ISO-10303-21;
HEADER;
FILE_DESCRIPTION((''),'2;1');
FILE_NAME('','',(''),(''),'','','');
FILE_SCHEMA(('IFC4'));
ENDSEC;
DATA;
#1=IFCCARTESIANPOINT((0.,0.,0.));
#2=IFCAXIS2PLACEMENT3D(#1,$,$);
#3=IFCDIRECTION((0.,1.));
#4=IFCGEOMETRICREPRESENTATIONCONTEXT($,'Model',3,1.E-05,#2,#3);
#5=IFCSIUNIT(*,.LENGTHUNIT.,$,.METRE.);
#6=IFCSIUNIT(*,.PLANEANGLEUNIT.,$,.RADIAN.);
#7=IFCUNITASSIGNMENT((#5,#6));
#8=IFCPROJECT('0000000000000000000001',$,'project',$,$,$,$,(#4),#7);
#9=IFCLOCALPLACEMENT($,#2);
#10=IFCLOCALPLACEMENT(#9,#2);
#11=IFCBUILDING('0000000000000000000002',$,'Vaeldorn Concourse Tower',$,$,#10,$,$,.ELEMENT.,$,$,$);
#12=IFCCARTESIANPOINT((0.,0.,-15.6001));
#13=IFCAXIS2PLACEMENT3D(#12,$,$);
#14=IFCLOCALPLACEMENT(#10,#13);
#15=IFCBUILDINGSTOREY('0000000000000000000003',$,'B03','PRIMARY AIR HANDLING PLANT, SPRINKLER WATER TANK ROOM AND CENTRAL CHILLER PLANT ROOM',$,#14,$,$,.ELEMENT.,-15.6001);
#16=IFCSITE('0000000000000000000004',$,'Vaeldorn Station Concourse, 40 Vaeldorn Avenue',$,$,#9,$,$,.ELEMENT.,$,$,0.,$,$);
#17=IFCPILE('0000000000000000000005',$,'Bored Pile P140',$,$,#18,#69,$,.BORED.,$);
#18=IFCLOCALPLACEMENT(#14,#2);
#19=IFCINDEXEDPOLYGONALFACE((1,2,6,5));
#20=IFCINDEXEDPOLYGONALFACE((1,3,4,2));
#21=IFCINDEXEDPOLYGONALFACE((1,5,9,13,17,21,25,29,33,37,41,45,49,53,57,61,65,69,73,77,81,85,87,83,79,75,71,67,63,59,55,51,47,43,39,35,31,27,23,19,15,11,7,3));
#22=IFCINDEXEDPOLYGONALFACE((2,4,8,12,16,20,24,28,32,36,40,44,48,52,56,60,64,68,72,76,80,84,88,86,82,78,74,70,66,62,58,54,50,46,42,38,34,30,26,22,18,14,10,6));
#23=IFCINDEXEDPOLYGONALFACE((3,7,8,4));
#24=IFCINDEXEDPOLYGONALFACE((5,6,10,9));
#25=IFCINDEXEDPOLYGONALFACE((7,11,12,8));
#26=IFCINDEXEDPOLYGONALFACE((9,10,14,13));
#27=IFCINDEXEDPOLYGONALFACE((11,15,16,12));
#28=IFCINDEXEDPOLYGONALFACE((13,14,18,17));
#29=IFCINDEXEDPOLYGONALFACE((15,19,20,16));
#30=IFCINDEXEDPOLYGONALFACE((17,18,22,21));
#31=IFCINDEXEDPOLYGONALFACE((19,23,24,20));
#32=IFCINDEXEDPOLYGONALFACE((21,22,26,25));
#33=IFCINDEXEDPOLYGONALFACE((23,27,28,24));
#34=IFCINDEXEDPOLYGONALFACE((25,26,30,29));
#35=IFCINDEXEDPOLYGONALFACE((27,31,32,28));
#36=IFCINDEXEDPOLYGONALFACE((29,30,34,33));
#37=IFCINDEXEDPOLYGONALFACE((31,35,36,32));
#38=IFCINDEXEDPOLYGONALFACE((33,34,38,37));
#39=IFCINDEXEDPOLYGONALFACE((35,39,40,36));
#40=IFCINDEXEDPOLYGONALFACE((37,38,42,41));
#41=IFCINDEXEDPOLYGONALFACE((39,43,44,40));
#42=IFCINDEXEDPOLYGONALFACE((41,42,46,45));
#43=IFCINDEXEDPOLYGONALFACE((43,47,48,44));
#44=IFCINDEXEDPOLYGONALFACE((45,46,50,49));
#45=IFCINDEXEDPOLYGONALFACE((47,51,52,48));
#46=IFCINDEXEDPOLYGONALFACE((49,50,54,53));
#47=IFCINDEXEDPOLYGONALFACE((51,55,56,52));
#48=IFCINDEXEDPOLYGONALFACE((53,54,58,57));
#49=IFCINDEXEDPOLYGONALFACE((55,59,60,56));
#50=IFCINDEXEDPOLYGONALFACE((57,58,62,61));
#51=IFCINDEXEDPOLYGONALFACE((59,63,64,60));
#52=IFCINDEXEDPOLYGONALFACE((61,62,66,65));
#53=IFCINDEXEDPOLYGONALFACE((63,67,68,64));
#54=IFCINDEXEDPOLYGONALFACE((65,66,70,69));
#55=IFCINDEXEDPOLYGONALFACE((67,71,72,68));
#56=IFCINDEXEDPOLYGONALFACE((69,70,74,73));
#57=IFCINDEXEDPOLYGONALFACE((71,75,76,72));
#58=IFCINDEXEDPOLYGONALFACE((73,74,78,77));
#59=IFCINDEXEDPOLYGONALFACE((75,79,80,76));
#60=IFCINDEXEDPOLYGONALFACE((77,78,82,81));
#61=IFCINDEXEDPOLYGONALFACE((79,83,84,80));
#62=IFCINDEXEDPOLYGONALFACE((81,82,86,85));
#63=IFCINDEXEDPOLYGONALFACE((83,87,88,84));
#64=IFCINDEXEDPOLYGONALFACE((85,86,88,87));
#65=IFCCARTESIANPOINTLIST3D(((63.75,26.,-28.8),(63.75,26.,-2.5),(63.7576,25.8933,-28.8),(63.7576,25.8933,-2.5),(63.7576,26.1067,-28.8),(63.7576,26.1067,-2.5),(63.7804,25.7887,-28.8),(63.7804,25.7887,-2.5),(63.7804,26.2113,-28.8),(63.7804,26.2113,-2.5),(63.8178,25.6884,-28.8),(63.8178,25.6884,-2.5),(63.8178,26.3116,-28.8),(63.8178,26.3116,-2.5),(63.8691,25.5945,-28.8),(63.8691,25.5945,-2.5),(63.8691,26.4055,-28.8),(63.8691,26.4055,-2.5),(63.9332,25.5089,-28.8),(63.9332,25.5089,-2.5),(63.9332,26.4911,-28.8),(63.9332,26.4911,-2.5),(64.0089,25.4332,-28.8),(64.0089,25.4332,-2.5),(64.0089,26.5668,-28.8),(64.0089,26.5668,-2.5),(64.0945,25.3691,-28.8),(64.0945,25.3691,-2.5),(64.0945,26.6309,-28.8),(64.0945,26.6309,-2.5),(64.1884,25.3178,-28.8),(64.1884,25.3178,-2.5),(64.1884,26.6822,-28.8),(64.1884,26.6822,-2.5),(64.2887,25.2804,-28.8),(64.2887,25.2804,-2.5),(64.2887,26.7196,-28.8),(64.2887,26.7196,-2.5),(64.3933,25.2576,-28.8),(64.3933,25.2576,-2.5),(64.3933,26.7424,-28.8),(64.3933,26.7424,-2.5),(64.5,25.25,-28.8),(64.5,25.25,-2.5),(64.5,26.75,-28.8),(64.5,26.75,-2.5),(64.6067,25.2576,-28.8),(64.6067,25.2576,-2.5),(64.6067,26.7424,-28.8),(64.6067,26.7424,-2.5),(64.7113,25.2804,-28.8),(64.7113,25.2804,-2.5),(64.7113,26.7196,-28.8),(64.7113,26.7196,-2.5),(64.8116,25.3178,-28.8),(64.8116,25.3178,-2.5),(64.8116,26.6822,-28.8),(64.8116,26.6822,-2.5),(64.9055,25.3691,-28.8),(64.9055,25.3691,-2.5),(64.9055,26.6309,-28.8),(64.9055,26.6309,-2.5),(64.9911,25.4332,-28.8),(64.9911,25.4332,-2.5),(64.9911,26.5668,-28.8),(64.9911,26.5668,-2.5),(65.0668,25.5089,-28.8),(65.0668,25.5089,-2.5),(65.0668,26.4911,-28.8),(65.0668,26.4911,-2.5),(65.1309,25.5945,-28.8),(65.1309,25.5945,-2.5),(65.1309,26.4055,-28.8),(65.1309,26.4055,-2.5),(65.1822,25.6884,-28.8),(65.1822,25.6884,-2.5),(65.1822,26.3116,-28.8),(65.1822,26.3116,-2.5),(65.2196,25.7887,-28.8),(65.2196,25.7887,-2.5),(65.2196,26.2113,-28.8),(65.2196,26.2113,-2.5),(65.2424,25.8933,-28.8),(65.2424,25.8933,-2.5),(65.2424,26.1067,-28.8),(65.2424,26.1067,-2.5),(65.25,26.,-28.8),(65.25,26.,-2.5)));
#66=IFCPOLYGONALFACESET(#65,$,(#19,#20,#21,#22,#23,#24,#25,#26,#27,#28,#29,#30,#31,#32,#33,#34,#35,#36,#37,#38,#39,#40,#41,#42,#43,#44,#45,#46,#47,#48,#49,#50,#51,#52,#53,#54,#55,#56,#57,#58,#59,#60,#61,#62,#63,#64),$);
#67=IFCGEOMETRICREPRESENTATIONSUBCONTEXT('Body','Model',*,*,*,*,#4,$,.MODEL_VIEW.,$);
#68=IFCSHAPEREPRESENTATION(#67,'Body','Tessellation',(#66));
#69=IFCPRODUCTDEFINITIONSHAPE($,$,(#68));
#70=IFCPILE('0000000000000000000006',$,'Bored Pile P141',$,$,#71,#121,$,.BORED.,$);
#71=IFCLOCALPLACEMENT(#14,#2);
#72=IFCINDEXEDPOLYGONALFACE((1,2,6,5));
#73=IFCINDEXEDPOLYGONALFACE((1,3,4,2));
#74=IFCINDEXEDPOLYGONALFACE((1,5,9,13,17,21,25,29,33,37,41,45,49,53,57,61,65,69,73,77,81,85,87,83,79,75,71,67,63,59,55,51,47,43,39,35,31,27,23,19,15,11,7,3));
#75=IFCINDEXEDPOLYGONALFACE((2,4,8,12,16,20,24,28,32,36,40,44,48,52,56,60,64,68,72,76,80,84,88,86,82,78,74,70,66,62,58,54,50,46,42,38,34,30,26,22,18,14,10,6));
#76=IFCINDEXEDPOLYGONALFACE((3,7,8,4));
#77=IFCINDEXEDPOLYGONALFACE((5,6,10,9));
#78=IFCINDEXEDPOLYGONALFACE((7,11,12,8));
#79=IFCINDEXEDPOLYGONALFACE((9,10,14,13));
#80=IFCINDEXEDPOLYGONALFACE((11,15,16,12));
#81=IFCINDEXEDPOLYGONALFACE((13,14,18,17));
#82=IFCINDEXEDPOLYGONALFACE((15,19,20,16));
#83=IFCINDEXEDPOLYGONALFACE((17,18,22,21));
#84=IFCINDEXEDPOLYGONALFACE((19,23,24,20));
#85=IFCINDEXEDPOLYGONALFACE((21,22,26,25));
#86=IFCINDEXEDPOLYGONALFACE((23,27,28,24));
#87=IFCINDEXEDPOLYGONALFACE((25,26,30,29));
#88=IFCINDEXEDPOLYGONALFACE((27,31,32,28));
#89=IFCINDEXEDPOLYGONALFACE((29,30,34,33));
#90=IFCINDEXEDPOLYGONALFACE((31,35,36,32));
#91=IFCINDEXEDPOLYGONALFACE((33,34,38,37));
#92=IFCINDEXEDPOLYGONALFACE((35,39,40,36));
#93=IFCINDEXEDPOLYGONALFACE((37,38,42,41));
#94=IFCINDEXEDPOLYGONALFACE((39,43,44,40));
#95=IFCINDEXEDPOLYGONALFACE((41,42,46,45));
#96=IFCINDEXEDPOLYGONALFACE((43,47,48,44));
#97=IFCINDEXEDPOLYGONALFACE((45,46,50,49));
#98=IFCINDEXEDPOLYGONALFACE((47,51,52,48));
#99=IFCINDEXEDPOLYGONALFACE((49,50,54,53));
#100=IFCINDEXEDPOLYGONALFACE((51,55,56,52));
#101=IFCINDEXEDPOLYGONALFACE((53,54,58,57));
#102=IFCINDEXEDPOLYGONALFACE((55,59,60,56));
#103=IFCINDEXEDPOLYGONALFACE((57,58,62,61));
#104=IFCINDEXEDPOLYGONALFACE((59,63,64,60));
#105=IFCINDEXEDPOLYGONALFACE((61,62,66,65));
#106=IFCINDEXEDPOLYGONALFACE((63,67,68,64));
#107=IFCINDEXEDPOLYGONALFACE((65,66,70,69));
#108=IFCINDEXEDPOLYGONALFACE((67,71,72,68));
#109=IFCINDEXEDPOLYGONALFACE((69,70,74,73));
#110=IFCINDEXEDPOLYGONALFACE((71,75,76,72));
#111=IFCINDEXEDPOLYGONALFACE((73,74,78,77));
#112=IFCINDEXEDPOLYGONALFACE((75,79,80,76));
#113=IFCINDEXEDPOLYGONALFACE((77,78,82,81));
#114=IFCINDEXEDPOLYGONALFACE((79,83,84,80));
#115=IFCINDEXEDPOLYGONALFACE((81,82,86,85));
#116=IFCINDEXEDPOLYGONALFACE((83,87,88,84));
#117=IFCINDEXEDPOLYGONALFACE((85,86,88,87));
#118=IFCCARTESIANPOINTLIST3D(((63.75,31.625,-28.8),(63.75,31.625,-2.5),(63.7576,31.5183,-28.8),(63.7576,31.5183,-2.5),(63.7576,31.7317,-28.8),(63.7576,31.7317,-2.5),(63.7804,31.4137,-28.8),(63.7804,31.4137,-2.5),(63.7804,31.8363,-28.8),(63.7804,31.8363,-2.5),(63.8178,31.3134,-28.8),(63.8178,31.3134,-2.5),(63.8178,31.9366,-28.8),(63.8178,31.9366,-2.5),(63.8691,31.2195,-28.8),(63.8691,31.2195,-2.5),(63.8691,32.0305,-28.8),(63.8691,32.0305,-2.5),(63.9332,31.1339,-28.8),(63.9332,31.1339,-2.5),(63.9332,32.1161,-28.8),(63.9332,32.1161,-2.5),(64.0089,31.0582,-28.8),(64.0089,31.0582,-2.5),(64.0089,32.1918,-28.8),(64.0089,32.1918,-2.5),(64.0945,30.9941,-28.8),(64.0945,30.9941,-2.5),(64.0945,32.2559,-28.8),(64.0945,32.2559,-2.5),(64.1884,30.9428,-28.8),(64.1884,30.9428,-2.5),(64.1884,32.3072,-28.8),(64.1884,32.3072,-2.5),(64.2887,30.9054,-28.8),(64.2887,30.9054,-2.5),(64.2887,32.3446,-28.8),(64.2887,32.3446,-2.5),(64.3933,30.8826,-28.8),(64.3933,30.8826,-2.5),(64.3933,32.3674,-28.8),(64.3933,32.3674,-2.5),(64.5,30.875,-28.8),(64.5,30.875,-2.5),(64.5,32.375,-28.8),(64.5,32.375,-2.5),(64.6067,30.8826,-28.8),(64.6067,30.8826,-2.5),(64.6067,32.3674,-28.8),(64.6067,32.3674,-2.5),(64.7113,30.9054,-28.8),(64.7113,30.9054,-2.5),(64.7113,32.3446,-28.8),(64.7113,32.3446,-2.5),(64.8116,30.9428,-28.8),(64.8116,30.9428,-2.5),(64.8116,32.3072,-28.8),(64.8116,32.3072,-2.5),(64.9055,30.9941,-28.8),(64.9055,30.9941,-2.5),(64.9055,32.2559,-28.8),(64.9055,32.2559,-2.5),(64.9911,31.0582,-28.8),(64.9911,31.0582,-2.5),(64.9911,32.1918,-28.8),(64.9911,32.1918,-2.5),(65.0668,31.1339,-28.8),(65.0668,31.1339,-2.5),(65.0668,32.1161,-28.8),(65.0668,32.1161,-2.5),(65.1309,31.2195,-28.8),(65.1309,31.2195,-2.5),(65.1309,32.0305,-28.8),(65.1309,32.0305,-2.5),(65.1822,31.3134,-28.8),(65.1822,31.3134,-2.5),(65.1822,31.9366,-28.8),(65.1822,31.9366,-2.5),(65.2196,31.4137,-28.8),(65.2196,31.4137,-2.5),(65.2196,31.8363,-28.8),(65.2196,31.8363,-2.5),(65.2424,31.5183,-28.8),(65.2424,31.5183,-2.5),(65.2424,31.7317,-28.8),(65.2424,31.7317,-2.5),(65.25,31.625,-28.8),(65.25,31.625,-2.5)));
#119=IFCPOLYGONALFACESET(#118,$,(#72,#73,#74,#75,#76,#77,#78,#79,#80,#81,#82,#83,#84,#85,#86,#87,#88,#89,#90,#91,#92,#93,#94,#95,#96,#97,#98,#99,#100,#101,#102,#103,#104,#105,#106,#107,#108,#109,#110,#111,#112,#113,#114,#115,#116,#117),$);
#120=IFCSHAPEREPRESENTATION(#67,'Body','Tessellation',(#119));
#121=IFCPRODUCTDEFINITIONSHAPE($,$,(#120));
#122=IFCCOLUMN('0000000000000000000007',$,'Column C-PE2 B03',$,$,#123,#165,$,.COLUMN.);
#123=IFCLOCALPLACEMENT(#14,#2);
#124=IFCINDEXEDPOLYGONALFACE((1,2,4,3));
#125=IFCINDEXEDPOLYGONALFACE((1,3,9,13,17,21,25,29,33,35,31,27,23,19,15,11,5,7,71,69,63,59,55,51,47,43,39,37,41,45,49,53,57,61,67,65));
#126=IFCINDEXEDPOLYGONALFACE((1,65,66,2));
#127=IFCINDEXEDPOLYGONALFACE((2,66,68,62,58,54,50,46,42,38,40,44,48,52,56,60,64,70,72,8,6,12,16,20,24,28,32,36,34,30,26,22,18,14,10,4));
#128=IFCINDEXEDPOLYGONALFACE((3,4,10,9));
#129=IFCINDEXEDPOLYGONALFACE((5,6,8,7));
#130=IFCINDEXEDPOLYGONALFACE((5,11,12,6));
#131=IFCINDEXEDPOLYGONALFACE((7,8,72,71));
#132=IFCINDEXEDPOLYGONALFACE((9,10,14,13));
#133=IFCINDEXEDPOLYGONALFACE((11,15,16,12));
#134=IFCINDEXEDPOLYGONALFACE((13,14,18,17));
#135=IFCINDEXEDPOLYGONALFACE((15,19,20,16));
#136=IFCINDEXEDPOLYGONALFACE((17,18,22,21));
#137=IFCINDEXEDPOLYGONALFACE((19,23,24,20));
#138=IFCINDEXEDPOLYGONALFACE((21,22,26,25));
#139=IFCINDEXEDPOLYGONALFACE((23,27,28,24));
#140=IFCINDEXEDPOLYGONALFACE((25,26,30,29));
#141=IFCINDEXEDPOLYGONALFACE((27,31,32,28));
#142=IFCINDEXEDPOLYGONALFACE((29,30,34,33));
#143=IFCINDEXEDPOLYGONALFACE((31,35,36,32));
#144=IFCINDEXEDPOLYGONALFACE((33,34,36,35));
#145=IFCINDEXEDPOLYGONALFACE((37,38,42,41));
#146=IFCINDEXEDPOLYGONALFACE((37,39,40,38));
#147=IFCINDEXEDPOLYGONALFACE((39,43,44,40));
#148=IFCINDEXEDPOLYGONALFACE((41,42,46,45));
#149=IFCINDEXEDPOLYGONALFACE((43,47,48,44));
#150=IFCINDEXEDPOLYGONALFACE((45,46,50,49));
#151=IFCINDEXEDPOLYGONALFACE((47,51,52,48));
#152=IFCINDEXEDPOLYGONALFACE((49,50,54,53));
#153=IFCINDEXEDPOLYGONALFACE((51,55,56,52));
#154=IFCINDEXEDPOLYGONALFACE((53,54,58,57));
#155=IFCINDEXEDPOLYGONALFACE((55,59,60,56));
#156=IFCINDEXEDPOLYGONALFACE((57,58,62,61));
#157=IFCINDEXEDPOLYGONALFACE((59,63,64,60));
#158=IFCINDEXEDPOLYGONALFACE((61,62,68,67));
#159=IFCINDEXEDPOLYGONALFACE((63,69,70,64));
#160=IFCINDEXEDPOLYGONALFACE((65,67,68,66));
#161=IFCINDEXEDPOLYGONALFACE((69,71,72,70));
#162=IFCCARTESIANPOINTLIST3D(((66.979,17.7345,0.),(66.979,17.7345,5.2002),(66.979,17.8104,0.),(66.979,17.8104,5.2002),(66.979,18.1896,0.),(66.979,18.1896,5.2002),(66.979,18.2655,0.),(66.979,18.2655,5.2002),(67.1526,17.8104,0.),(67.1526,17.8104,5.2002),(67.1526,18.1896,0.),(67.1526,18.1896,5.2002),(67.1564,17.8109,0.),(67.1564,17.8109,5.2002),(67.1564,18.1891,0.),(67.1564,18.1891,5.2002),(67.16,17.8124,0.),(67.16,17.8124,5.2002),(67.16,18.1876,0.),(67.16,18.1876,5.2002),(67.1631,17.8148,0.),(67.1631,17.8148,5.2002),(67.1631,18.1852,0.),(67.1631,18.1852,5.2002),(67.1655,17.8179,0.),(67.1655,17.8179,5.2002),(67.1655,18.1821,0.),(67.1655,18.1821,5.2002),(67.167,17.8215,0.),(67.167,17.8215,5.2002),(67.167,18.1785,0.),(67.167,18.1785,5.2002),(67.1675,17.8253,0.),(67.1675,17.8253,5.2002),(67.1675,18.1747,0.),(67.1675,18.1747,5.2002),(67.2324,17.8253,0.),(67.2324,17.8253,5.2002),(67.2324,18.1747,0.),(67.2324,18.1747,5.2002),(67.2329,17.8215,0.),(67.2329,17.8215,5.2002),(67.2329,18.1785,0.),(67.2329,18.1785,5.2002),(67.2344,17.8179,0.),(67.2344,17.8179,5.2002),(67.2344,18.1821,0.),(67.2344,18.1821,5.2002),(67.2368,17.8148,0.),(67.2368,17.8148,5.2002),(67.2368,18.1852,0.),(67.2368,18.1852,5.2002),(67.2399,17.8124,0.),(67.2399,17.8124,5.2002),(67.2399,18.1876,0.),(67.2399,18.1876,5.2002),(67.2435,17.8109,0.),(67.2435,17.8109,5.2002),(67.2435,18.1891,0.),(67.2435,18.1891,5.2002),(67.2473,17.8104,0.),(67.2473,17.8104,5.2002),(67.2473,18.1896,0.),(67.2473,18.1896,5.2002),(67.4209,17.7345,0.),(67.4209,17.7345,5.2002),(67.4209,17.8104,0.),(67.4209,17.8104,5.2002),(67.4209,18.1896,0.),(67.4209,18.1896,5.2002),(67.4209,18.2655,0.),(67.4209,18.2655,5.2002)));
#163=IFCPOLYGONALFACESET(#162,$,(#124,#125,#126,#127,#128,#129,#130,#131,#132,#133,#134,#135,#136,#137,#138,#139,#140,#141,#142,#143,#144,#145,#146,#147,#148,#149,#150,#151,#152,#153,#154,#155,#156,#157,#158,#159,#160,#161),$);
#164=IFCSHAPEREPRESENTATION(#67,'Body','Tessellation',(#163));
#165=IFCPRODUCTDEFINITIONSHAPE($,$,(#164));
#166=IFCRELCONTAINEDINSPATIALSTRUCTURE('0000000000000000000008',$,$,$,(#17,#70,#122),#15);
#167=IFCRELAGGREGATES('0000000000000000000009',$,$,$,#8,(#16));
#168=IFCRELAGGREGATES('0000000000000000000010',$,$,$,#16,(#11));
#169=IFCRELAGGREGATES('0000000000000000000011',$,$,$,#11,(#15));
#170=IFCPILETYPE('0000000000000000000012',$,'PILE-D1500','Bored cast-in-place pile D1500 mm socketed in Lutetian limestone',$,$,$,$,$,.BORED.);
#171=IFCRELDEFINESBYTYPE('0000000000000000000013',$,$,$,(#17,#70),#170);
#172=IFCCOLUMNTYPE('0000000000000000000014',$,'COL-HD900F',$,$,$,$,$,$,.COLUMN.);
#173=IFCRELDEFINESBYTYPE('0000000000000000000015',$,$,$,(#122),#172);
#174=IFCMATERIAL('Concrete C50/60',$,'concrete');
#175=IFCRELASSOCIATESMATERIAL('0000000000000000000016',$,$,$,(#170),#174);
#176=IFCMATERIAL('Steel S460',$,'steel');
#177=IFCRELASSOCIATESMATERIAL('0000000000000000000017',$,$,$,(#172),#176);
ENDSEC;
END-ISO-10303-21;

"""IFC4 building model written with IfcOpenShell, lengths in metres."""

from ifc_helpers import new_model, si_unit, direction, frame, origin, origin_2d, place, context, subcontext, project, spatial, circle, i_section, extrude, source, transform, mapped, material, material_profile, profile_set, type_object, element, save


model = new_model("IFC4")

# Units and contexts
model_context = context("Model", 3, precision=1e-05, world=origin(), true_north=direction((0.0, 1.0)))
body_context = subcontext(model_context, "Body", "Model", "MODEL_VIEW")
ifc_project = project(units=[si_unit("LENGTHUNIT", "METRE"), si_unit("PLANEANGLEUNIT", "RADIAN")], contexts=[model_context])

# Site, building, storey
site_placement = place(None, origin())
site = spatial("IfcSite", under=ifc_project, at=site_placement, Name="Vaeldorn Station Concourse, 40 Vaeldorn Avenue", CompositionType="ELEMENT", RefElevation=0.0)
building_placement = place(site_placement, origin())
building = spatial("IfcBuilding", under=site, at=building_placement, Name="Vaeldorn Concourse Tower", CompositionType="ELEMENT")
storey_placement = place(building_placement, frame((0.0, 0.0, -15.6001)))
storey = spatial("IfcBuildingStorey", under=building, at=storey_placement, Name="B03", Description="PRIMARY AIR HANDLING PLANT, SPRINKLER WATER TANK ROOM AND CENTRAL CHILLER PLANT ROOM", CompositionType="ELEMENT", Elevation=-15.6001)

# Piles
ifc_material_1 = material(Name="Concrete C50/60", Category="concrete")
ifc_material_profile_1 = material_profile(ifc_material_1, circle(Radius=0.75, at=origin_2d()), Name="BORED PILE D1500")
ifc_profile_set_1 = profile_set([ifc_material_profile_1], Name="Concrete C50/60")
pile_type = type_object("IfcPileType", Name="PILE-D1500", Description="Bored cast-in-place pile D1500 mm socketed in Lutetian limestone", PredefinedType="BORED", material=ifc_profile_set_1)
for number, where, z_axis, x_axis, name in (
    (1, (64.5, 26.0, -2.5), (0.0, 0.0, -1.0), (1.0, 0.0, 0.0), "Bored Pile P140"),
    (2, (64.5, 31.625, -2.5), (0.0, 0.0, -1.0), (1.0, 0.0, 0.0), "Bored Pile P141"),
):
    element("IfcPile", number, at=place(storey_placement, frame(where, z_axis=z_axis, x_axis=x_axis)), inside=storey, type_object=pile_type, Name=name, PredefinedType="BORED", context=body_context, shape_type="SweptSolid", body=[
        extrude(circle(Radius=0.75, at=origin_2d()), origin(), (0.0, 0.0, 1.0), 26.3),
    ])

# Column
ifc_material_2 = material(Name="Steel S460", Category="steel")
ifc_material_profile_2 = material_profile(ifc_material_2, i_section(OverallWidth=0.4419, OverallDepth=0.531, WebThickness=0.0649, FlangeThickness=0.0759, FilletRadius=0.0149, at=origin_2d()), Name="HD 400x900")
ifc_profile_set_2 = profile_set([ifc_material_profile_2], Name="Steel S460")
column_type_1 = type_object("IfcColumnType", Name="COL-HD900F", PredefinedType="COLUMN", material=ifc_profile_set_2)
shared_shape_1 = source(origin(), body_context, "Body", "SweptSolid", [
    extrude(i_section(OverallWidth=0.4419, OverallDepth=0.531, WebThickness=0.0649, FlangeThickness=0.0759, FilletRadius=0.0149, at=origin_2d()), origin(), (0.0, 0.0, 1.0), 5.2002),
])
for number, where, z_axis, x_axis, name in (
    (3, (67.2, 18.0, 0.0), (0.0, 0.0, 1.0), (1.0, 0.0, 0.0), "Column C-PE2 B03"),
):
    element("IfcColumn", number, at=place(storey_placement, frame(where, z_axis=z_axis, x_axis=x_axis)), inside=storey, type_object=column_type_1, Name=name, PredefinedType="COLUMN", context=body_context, shape_type="MappedRepresentation", body=[
        mapped(shared_shape_1, transform((0.0, 0.0, 0.0), scale=1.0)),
    ])

save(model, "model.ifc")
